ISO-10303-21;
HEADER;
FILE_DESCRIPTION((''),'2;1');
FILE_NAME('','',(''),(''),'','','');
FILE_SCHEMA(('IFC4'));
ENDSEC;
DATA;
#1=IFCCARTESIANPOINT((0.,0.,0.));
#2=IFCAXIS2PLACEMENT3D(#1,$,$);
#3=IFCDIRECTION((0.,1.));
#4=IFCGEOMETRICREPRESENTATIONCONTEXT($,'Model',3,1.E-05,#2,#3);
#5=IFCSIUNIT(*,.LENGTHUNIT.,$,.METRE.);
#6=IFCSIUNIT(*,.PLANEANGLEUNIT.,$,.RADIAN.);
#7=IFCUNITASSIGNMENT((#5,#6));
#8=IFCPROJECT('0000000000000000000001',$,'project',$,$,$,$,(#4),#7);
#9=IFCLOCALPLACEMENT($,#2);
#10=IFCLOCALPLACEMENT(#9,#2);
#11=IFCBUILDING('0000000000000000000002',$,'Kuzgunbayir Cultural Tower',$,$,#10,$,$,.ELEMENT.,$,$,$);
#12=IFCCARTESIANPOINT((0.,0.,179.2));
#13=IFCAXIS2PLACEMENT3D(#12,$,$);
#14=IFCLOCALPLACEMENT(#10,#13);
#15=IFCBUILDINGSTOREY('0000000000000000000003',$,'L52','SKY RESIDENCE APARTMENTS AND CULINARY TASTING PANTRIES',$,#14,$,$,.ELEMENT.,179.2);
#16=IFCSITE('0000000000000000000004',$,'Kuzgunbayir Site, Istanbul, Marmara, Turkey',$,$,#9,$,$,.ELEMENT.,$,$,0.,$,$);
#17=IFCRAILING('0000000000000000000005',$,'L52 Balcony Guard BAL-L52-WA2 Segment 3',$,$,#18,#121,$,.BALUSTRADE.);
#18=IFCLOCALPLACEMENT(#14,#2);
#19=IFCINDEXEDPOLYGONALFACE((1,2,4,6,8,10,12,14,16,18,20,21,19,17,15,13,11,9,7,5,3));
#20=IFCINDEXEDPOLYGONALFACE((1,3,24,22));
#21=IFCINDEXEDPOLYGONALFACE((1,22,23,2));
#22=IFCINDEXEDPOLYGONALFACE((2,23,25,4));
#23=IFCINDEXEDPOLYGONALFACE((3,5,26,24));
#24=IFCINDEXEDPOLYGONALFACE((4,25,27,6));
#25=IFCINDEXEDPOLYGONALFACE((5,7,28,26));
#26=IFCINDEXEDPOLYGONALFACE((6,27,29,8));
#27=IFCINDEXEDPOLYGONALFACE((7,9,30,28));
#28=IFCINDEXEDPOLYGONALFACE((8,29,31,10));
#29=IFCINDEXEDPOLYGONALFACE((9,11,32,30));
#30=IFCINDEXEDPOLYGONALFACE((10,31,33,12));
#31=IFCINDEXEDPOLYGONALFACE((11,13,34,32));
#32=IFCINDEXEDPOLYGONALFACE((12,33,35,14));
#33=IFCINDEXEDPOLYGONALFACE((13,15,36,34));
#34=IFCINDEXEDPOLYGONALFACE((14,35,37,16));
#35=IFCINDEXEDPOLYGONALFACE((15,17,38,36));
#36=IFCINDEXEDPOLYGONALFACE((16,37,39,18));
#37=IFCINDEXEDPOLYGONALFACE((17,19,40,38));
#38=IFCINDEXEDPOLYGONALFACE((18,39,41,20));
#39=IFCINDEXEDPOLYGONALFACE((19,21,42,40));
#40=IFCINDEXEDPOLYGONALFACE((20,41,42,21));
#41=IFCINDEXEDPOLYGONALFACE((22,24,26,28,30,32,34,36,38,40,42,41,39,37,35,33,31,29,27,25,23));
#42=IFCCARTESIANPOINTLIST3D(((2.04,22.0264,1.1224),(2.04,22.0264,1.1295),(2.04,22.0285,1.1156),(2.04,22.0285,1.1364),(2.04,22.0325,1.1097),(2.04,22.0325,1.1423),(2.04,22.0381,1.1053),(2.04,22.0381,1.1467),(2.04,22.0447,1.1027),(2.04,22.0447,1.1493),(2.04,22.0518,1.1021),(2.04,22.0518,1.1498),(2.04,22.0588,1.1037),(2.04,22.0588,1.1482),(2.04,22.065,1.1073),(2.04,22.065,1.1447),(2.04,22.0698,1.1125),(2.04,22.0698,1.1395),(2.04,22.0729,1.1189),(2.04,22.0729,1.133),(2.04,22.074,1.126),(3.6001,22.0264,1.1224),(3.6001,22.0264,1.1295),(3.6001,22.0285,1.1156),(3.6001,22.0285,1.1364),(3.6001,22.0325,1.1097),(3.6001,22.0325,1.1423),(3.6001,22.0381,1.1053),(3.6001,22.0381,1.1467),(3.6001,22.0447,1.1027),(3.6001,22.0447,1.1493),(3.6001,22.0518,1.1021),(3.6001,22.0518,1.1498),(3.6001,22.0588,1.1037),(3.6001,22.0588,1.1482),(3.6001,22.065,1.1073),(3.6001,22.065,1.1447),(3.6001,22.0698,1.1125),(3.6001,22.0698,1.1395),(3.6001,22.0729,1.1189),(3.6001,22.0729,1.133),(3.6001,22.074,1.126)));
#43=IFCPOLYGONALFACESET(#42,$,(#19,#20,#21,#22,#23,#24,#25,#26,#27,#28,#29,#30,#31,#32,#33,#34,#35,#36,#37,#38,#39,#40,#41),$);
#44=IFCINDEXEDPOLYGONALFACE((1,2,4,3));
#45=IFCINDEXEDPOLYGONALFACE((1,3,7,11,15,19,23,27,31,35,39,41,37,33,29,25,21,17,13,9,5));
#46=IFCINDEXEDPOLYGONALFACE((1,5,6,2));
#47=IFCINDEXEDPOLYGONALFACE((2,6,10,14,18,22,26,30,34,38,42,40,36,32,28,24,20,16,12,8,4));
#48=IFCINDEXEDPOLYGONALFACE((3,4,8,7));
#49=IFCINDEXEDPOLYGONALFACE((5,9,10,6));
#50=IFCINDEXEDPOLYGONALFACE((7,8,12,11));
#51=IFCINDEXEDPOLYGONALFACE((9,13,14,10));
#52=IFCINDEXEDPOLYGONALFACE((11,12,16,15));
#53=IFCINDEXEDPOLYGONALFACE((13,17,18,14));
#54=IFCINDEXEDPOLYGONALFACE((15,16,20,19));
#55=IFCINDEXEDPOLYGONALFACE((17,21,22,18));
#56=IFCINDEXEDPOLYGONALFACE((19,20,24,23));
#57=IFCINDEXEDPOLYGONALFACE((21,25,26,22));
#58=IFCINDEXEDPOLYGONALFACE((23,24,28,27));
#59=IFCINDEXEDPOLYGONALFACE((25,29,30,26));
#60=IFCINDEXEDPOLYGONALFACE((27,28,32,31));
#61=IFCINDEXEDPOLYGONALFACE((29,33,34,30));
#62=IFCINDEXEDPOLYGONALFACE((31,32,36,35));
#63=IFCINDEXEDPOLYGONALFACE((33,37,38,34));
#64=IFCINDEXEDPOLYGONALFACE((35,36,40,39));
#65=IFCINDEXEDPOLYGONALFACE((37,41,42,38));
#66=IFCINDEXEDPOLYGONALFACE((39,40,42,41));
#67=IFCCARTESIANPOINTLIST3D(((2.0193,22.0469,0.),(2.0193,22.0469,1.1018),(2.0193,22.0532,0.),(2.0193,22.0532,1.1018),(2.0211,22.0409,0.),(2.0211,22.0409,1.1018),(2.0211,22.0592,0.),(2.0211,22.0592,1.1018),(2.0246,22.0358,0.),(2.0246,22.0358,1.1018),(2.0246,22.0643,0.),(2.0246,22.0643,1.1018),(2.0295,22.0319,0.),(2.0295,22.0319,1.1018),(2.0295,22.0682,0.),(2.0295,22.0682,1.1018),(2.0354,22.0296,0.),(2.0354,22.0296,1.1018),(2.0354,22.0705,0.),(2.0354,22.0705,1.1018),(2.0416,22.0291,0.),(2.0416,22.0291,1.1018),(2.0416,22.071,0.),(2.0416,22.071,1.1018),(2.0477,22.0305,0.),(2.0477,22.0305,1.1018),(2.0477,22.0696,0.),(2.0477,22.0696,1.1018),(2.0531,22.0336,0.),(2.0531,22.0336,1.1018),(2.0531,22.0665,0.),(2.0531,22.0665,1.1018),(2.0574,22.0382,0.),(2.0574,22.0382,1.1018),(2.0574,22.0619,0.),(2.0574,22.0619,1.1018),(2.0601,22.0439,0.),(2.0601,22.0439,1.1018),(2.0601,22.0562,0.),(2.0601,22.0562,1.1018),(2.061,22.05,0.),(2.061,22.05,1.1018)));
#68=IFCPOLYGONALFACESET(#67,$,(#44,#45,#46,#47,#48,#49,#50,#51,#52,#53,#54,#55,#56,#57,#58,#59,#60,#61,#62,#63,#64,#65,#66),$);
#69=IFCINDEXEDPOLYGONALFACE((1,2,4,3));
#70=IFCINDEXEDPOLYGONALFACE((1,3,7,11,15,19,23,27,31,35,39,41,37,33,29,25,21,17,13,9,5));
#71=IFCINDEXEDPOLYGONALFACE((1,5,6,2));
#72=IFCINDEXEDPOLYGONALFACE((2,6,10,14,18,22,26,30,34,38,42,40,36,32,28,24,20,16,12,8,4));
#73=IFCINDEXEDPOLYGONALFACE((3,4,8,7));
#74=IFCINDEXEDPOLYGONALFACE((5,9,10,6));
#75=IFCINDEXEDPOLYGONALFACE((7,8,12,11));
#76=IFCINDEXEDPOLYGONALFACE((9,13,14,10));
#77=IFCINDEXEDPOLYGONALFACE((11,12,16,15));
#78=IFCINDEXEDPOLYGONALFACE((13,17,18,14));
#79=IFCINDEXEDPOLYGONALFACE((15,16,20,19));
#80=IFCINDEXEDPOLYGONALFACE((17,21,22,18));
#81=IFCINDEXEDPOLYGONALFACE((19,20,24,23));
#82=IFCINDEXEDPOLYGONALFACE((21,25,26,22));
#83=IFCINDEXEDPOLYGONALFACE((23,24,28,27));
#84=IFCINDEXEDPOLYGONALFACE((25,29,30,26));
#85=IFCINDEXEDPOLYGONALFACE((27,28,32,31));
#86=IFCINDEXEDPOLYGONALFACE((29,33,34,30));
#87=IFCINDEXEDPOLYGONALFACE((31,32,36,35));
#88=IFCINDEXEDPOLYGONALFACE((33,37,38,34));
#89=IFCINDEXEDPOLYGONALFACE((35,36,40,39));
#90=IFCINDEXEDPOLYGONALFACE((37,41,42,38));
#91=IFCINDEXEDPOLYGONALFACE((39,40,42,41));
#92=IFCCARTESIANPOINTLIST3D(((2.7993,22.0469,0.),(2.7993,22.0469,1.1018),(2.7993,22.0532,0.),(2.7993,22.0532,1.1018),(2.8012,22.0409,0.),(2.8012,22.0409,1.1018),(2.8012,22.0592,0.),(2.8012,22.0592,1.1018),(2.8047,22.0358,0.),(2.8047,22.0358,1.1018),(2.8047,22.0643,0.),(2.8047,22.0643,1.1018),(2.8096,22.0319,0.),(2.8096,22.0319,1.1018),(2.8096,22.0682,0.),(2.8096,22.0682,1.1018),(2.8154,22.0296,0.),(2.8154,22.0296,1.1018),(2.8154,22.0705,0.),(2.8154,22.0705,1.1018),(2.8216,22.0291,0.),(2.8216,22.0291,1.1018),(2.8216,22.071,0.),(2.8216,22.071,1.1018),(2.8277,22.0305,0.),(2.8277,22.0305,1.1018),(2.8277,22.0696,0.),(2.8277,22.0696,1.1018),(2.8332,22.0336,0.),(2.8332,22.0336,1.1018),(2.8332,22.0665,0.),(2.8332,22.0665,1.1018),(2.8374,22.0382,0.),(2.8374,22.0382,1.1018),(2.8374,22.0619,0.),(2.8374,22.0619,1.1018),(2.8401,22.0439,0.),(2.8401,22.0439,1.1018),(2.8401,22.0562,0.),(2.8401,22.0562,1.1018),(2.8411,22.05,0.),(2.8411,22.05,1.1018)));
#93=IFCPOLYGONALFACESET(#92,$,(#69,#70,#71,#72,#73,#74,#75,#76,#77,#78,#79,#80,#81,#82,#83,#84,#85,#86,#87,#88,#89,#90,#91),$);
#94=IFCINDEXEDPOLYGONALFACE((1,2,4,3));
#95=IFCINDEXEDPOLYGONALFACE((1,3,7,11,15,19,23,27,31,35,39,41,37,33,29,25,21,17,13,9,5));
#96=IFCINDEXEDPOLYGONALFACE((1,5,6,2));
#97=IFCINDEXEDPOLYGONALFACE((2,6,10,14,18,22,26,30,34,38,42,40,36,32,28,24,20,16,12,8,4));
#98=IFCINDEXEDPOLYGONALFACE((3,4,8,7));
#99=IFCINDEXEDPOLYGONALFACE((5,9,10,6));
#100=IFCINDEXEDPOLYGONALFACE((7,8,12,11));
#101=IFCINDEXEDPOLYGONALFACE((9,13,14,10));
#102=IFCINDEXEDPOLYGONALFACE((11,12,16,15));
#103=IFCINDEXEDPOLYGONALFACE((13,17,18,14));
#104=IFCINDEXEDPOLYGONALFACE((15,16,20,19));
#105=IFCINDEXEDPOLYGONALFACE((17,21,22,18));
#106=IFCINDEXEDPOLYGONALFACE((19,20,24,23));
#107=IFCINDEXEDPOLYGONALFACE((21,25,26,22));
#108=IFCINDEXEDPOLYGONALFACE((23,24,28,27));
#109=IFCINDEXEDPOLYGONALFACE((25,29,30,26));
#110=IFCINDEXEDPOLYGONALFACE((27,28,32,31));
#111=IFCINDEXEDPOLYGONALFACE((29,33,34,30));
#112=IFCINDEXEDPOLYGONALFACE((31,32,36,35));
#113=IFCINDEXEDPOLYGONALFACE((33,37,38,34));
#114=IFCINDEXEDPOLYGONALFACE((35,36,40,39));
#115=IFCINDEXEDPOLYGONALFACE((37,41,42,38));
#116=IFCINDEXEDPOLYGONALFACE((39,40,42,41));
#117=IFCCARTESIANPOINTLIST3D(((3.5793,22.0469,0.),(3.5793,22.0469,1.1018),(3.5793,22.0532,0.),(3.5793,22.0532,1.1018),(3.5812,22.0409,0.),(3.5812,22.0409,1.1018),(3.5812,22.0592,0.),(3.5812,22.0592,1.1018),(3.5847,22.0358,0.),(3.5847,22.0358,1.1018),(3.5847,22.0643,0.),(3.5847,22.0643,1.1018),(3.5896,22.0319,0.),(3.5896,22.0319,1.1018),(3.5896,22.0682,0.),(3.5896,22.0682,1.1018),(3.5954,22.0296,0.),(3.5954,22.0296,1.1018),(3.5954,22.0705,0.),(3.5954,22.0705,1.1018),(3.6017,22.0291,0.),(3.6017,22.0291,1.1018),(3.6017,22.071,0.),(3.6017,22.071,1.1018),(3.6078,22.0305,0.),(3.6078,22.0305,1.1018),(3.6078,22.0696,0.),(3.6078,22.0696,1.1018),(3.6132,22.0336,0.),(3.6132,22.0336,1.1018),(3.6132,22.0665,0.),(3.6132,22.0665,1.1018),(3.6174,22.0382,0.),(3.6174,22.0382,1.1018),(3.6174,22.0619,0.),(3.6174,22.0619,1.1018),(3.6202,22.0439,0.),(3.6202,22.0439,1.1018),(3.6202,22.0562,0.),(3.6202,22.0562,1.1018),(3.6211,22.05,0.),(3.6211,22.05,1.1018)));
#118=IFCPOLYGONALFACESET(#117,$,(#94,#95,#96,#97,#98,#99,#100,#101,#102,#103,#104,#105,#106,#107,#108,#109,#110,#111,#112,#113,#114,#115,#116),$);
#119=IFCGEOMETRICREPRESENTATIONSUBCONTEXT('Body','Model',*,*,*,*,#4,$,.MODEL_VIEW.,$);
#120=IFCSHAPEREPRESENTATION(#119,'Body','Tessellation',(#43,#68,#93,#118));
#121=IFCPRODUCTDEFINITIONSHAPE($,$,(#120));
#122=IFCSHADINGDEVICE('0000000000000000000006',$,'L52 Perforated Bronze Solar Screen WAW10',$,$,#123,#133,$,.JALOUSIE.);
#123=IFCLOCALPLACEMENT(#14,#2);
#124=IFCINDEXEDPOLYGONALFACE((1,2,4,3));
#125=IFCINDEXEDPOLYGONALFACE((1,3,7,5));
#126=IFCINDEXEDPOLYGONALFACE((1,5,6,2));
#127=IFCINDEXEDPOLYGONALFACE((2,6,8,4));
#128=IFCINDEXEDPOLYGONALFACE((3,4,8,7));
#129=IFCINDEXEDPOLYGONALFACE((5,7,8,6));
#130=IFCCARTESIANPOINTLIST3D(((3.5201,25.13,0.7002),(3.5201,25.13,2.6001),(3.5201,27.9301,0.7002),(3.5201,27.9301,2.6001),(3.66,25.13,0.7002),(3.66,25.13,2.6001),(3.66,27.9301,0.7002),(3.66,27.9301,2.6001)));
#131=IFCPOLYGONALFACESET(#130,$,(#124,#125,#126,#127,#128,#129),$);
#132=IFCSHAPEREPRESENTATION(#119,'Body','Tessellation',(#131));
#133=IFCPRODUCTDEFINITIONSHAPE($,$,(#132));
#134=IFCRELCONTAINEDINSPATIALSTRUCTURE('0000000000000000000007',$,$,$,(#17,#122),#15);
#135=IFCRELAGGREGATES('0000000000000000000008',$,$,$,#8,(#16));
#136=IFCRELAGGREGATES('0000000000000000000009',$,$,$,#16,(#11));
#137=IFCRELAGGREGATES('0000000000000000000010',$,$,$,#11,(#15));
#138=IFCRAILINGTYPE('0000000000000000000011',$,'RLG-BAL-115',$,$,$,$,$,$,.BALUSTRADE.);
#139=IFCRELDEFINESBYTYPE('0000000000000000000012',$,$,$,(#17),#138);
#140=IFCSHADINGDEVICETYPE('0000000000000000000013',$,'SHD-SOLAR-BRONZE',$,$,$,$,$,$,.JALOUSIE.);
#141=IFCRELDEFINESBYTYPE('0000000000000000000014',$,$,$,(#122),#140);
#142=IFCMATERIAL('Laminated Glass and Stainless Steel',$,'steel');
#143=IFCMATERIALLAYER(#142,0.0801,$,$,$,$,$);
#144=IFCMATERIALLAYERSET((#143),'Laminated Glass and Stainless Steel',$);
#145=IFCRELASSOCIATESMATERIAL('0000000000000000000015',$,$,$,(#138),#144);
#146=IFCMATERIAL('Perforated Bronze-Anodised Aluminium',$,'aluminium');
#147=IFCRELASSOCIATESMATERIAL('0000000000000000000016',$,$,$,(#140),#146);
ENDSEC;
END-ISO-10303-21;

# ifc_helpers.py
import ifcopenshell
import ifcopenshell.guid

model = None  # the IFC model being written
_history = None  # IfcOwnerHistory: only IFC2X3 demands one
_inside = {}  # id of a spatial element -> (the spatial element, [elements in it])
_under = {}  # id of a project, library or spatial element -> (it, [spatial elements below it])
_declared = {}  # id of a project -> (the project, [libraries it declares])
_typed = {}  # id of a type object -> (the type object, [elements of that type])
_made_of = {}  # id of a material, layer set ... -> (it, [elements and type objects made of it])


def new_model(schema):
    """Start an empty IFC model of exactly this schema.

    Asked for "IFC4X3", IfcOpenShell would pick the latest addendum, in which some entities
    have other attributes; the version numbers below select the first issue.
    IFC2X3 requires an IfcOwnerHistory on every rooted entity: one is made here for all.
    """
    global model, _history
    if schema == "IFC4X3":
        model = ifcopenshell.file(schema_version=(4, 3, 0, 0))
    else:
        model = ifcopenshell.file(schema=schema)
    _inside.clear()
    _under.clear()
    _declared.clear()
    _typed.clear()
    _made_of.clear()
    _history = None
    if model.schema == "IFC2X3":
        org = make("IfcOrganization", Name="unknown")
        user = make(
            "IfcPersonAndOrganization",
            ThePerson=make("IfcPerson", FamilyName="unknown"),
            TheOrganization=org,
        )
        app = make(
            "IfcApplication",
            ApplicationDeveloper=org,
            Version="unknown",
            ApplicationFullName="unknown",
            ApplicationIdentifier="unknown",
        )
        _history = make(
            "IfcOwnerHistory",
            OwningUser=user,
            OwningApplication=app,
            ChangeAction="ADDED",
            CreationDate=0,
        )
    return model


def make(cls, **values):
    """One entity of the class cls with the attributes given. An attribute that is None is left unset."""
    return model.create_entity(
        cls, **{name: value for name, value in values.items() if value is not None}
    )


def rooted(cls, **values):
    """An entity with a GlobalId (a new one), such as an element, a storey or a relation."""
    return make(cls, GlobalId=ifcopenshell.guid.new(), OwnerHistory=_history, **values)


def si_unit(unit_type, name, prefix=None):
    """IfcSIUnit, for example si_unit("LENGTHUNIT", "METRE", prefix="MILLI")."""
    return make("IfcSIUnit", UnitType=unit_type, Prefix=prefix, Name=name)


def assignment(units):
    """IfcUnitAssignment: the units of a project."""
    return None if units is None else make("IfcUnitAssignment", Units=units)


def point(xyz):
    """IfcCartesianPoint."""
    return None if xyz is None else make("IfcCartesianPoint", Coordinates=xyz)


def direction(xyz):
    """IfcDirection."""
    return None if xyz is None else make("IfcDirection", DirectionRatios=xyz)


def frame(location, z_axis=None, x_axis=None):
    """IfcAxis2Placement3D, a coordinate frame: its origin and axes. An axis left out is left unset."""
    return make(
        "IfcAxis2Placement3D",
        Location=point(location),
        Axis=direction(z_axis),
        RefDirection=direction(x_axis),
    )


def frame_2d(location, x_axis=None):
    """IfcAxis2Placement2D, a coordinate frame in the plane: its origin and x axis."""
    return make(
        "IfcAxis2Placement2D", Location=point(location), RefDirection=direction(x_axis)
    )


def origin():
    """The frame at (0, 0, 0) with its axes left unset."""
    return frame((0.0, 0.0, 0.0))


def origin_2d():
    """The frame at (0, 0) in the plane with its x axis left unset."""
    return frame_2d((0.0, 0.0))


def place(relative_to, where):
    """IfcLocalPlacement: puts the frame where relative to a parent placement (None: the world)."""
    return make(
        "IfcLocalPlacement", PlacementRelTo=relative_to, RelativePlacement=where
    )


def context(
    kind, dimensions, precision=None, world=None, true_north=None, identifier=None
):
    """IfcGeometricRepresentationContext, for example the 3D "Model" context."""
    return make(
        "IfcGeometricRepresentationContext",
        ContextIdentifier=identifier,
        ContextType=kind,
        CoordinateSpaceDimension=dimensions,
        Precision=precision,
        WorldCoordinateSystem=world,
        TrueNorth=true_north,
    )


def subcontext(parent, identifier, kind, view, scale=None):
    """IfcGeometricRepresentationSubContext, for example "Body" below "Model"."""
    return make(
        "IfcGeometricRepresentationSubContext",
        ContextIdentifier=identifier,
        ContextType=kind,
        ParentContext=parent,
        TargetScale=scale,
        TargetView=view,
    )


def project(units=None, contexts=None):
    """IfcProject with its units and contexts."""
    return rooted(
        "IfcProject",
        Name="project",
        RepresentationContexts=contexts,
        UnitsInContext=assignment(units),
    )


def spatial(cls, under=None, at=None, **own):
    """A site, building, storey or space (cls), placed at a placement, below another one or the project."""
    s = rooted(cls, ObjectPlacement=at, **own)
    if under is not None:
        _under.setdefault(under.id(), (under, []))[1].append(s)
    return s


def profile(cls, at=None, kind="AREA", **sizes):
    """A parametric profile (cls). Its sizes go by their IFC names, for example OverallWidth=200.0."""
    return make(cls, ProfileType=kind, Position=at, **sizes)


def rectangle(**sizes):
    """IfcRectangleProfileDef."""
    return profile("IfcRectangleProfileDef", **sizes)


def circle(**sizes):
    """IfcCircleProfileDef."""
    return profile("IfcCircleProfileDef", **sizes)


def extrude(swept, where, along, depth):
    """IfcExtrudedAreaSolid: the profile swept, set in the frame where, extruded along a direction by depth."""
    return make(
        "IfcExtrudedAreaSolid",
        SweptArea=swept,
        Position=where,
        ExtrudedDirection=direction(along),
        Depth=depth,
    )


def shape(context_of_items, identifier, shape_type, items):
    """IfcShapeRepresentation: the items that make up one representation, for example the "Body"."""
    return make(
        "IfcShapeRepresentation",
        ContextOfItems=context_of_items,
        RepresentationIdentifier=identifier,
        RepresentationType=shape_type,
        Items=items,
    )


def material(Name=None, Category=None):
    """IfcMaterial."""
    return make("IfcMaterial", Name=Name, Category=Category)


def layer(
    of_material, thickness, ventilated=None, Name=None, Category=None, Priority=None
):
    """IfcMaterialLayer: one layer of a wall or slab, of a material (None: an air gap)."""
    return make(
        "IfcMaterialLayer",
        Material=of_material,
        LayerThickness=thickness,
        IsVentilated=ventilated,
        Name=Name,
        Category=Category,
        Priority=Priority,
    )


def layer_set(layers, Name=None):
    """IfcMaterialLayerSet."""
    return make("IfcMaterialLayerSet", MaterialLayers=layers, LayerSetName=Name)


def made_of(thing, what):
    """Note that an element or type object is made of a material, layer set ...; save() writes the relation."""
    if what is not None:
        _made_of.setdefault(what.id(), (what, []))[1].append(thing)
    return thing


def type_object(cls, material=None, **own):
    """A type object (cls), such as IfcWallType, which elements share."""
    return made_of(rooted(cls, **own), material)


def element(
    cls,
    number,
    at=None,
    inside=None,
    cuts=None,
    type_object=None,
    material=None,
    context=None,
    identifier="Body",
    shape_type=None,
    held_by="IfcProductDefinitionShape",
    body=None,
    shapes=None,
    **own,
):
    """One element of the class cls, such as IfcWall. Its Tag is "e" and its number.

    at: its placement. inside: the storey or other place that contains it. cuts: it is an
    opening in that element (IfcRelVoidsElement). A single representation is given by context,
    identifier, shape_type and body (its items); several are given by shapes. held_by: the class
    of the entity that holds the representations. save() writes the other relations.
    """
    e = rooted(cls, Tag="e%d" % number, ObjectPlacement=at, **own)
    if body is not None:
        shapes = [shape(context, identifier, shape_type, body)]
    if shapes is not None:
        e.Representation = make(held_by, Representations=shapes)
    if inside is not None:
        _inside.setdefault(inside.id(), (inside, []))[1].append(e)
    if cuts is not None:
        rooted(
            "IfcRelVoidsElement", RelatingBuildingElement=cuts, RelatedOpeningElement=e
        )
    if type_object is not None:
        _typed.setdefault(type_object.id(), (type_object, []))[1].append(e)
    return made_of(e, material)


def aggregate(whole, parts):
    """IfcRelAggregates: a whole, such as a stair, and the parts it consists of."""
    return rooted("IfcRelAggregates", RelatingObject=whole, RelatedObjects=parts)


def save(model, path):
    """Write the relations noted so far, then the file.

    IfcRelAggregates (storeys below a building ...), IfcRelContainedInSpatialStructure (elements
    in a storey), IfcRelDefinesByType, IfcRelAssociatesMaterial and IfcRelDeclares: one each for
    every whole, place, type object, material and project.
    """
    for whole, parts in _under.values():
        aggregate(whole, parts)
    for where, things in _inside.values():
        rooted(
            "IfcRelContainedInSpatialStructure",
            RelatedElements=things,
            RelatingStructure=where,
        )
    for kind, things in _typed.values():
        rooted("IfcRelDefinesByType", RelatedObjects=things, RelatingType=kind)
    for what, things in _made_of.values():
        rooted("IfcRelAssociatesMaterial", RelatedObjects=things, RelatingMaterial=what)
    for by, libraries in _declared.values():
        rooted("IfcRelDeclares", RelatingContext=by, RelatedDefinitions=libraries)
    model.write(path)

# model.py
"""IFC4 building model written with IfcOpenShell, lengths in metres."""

from ifc_helpers import new_model, si_unit, direction, frame, origin, origin_2d, place, context, subcontext, project, spatial, rectangle, circle, extrude, material, layer, layer_set, type_object, element, save


model = new_model("IFC4")

# Units and contexts
model_context = context("Model", 3, precision=1e-05, world=origin(), true_north=direction((0.0, 1.0)))
body_context = subcontext(model_context, "Body", "Model", "MODEL_VIEW")
ifc_project = project(units=[si_unit("LENGTHUNIT", "METRE"), si_unit("PLANEANGLEUNIT", "RADIAN")], contexts=[model_context])

# Site, building, storey
site_placement = place(None, origin())
site = spatial("IfcSite", under=ifc_project, at=site_placement, Name="Kuzgunbayir Site, Istanbul, Marmara, Turkey", CompositionType="ELEMENT", RefElevation=0.0)
building_placement = place(site_placement, origin())
building = spatial("IfcBuilding", under=site, at=building_placement, Name="Kuzgunbayir Cultural Tower", CompositionType="ELEMENT")
storey_placement = place(building_placement, frame((0.0, 0.0, 179.2)))
storey = spatial("IfcBuildingStorey", under=building, at=storey_placement, Name="L52", Description="SKY RESIDENCE APARTMENTS AND CULINARY TASTING PANTRIES", CompositionType="ELEMENT", Elevation=179.2)

# Railing
ifc_material_1 = material(Name="Laminated Glass and Stainless Steel", Category="steel")
ifc_layer_1 = layer(ifc_material_1, 0.0801)
ifc_layer_set_1 = layer_set([ifc_layer_1], Name="Laminated Glass and Stainless Steel")
railing_type = type_object("IfcRailingType", Name="RLG-BAL-115", PredefinedType="BALUSTRADE", material=ifc_layer_set_1)
railing_1_placement = place(storey_placement, frame((2.04, 22.05, 0.0)))
element("IfcRailing", 1, at=railing_1_placement, inside=storey, type_object=railing_type, Name="L52 Balcony Guard BAL-L52-WA2 Segment 3", PredefinedType="BALUSTRADE", context=body_context, shape_type="SweptSolid", body=[
    extrude(circle(Radius=0.0239, at=origin_2d()), frame((0.0, 0.0, 1.126), z_axis=(1.0, 0.0, 0.0), x_axis=(0.0, 1.0, 0.0)), (0.0, 0.0, 1.0), 1.5601),
    extrude(circle(Radius=0.021, at=origin_2d()), origin(), (0.0, 0.0, 1.0), 1.1018),
    extrude(circle(Radius=0.021, at=origin_2d()), frame((0.78, 0.0, 0.0)), (0.0, 0.0, 1.0), 1.1018),
    extrude(circle(Radius=0.021, at=origin_2d()), frame((1.5601, 0.0, 0.0)), (0.0, 0.0, 1.0), 1.1018),
])

# Shading device
ifc_material_2 = material(Name="Perforated Bronze-Anodised Aluminium", Category="aluminium")
shading_device_type = type_object("IfcShadingDeviceType", Name="SHD-SOLAR-BRONZE", PredefinedType="JALOUSIE", material=ifc_material_2)
shading_device_placement = place(storey_placement, frame((3.5901, 26.53, 0.7002), z_axis=(0.0, 0.0, 1.0), x_axis=(1.0, 0.0, 0.0)))
element("IfcShadingDevice", 2, at=shading_device_placement, inside=storey, type_object=shading_device_type, Name="L52 Perforated Bronze Solar Screen WAW10", PredefinedType="JALOUSIE", context=body_context, shape_type="SweptSolid", body=[
    extrude(rectangle(XDim=0.1399, YDim=2.8, at=origin_2d()), origin(), (0.0, 0.0, 1.0), 1.8999),
])

save(model, "model.ifc")
